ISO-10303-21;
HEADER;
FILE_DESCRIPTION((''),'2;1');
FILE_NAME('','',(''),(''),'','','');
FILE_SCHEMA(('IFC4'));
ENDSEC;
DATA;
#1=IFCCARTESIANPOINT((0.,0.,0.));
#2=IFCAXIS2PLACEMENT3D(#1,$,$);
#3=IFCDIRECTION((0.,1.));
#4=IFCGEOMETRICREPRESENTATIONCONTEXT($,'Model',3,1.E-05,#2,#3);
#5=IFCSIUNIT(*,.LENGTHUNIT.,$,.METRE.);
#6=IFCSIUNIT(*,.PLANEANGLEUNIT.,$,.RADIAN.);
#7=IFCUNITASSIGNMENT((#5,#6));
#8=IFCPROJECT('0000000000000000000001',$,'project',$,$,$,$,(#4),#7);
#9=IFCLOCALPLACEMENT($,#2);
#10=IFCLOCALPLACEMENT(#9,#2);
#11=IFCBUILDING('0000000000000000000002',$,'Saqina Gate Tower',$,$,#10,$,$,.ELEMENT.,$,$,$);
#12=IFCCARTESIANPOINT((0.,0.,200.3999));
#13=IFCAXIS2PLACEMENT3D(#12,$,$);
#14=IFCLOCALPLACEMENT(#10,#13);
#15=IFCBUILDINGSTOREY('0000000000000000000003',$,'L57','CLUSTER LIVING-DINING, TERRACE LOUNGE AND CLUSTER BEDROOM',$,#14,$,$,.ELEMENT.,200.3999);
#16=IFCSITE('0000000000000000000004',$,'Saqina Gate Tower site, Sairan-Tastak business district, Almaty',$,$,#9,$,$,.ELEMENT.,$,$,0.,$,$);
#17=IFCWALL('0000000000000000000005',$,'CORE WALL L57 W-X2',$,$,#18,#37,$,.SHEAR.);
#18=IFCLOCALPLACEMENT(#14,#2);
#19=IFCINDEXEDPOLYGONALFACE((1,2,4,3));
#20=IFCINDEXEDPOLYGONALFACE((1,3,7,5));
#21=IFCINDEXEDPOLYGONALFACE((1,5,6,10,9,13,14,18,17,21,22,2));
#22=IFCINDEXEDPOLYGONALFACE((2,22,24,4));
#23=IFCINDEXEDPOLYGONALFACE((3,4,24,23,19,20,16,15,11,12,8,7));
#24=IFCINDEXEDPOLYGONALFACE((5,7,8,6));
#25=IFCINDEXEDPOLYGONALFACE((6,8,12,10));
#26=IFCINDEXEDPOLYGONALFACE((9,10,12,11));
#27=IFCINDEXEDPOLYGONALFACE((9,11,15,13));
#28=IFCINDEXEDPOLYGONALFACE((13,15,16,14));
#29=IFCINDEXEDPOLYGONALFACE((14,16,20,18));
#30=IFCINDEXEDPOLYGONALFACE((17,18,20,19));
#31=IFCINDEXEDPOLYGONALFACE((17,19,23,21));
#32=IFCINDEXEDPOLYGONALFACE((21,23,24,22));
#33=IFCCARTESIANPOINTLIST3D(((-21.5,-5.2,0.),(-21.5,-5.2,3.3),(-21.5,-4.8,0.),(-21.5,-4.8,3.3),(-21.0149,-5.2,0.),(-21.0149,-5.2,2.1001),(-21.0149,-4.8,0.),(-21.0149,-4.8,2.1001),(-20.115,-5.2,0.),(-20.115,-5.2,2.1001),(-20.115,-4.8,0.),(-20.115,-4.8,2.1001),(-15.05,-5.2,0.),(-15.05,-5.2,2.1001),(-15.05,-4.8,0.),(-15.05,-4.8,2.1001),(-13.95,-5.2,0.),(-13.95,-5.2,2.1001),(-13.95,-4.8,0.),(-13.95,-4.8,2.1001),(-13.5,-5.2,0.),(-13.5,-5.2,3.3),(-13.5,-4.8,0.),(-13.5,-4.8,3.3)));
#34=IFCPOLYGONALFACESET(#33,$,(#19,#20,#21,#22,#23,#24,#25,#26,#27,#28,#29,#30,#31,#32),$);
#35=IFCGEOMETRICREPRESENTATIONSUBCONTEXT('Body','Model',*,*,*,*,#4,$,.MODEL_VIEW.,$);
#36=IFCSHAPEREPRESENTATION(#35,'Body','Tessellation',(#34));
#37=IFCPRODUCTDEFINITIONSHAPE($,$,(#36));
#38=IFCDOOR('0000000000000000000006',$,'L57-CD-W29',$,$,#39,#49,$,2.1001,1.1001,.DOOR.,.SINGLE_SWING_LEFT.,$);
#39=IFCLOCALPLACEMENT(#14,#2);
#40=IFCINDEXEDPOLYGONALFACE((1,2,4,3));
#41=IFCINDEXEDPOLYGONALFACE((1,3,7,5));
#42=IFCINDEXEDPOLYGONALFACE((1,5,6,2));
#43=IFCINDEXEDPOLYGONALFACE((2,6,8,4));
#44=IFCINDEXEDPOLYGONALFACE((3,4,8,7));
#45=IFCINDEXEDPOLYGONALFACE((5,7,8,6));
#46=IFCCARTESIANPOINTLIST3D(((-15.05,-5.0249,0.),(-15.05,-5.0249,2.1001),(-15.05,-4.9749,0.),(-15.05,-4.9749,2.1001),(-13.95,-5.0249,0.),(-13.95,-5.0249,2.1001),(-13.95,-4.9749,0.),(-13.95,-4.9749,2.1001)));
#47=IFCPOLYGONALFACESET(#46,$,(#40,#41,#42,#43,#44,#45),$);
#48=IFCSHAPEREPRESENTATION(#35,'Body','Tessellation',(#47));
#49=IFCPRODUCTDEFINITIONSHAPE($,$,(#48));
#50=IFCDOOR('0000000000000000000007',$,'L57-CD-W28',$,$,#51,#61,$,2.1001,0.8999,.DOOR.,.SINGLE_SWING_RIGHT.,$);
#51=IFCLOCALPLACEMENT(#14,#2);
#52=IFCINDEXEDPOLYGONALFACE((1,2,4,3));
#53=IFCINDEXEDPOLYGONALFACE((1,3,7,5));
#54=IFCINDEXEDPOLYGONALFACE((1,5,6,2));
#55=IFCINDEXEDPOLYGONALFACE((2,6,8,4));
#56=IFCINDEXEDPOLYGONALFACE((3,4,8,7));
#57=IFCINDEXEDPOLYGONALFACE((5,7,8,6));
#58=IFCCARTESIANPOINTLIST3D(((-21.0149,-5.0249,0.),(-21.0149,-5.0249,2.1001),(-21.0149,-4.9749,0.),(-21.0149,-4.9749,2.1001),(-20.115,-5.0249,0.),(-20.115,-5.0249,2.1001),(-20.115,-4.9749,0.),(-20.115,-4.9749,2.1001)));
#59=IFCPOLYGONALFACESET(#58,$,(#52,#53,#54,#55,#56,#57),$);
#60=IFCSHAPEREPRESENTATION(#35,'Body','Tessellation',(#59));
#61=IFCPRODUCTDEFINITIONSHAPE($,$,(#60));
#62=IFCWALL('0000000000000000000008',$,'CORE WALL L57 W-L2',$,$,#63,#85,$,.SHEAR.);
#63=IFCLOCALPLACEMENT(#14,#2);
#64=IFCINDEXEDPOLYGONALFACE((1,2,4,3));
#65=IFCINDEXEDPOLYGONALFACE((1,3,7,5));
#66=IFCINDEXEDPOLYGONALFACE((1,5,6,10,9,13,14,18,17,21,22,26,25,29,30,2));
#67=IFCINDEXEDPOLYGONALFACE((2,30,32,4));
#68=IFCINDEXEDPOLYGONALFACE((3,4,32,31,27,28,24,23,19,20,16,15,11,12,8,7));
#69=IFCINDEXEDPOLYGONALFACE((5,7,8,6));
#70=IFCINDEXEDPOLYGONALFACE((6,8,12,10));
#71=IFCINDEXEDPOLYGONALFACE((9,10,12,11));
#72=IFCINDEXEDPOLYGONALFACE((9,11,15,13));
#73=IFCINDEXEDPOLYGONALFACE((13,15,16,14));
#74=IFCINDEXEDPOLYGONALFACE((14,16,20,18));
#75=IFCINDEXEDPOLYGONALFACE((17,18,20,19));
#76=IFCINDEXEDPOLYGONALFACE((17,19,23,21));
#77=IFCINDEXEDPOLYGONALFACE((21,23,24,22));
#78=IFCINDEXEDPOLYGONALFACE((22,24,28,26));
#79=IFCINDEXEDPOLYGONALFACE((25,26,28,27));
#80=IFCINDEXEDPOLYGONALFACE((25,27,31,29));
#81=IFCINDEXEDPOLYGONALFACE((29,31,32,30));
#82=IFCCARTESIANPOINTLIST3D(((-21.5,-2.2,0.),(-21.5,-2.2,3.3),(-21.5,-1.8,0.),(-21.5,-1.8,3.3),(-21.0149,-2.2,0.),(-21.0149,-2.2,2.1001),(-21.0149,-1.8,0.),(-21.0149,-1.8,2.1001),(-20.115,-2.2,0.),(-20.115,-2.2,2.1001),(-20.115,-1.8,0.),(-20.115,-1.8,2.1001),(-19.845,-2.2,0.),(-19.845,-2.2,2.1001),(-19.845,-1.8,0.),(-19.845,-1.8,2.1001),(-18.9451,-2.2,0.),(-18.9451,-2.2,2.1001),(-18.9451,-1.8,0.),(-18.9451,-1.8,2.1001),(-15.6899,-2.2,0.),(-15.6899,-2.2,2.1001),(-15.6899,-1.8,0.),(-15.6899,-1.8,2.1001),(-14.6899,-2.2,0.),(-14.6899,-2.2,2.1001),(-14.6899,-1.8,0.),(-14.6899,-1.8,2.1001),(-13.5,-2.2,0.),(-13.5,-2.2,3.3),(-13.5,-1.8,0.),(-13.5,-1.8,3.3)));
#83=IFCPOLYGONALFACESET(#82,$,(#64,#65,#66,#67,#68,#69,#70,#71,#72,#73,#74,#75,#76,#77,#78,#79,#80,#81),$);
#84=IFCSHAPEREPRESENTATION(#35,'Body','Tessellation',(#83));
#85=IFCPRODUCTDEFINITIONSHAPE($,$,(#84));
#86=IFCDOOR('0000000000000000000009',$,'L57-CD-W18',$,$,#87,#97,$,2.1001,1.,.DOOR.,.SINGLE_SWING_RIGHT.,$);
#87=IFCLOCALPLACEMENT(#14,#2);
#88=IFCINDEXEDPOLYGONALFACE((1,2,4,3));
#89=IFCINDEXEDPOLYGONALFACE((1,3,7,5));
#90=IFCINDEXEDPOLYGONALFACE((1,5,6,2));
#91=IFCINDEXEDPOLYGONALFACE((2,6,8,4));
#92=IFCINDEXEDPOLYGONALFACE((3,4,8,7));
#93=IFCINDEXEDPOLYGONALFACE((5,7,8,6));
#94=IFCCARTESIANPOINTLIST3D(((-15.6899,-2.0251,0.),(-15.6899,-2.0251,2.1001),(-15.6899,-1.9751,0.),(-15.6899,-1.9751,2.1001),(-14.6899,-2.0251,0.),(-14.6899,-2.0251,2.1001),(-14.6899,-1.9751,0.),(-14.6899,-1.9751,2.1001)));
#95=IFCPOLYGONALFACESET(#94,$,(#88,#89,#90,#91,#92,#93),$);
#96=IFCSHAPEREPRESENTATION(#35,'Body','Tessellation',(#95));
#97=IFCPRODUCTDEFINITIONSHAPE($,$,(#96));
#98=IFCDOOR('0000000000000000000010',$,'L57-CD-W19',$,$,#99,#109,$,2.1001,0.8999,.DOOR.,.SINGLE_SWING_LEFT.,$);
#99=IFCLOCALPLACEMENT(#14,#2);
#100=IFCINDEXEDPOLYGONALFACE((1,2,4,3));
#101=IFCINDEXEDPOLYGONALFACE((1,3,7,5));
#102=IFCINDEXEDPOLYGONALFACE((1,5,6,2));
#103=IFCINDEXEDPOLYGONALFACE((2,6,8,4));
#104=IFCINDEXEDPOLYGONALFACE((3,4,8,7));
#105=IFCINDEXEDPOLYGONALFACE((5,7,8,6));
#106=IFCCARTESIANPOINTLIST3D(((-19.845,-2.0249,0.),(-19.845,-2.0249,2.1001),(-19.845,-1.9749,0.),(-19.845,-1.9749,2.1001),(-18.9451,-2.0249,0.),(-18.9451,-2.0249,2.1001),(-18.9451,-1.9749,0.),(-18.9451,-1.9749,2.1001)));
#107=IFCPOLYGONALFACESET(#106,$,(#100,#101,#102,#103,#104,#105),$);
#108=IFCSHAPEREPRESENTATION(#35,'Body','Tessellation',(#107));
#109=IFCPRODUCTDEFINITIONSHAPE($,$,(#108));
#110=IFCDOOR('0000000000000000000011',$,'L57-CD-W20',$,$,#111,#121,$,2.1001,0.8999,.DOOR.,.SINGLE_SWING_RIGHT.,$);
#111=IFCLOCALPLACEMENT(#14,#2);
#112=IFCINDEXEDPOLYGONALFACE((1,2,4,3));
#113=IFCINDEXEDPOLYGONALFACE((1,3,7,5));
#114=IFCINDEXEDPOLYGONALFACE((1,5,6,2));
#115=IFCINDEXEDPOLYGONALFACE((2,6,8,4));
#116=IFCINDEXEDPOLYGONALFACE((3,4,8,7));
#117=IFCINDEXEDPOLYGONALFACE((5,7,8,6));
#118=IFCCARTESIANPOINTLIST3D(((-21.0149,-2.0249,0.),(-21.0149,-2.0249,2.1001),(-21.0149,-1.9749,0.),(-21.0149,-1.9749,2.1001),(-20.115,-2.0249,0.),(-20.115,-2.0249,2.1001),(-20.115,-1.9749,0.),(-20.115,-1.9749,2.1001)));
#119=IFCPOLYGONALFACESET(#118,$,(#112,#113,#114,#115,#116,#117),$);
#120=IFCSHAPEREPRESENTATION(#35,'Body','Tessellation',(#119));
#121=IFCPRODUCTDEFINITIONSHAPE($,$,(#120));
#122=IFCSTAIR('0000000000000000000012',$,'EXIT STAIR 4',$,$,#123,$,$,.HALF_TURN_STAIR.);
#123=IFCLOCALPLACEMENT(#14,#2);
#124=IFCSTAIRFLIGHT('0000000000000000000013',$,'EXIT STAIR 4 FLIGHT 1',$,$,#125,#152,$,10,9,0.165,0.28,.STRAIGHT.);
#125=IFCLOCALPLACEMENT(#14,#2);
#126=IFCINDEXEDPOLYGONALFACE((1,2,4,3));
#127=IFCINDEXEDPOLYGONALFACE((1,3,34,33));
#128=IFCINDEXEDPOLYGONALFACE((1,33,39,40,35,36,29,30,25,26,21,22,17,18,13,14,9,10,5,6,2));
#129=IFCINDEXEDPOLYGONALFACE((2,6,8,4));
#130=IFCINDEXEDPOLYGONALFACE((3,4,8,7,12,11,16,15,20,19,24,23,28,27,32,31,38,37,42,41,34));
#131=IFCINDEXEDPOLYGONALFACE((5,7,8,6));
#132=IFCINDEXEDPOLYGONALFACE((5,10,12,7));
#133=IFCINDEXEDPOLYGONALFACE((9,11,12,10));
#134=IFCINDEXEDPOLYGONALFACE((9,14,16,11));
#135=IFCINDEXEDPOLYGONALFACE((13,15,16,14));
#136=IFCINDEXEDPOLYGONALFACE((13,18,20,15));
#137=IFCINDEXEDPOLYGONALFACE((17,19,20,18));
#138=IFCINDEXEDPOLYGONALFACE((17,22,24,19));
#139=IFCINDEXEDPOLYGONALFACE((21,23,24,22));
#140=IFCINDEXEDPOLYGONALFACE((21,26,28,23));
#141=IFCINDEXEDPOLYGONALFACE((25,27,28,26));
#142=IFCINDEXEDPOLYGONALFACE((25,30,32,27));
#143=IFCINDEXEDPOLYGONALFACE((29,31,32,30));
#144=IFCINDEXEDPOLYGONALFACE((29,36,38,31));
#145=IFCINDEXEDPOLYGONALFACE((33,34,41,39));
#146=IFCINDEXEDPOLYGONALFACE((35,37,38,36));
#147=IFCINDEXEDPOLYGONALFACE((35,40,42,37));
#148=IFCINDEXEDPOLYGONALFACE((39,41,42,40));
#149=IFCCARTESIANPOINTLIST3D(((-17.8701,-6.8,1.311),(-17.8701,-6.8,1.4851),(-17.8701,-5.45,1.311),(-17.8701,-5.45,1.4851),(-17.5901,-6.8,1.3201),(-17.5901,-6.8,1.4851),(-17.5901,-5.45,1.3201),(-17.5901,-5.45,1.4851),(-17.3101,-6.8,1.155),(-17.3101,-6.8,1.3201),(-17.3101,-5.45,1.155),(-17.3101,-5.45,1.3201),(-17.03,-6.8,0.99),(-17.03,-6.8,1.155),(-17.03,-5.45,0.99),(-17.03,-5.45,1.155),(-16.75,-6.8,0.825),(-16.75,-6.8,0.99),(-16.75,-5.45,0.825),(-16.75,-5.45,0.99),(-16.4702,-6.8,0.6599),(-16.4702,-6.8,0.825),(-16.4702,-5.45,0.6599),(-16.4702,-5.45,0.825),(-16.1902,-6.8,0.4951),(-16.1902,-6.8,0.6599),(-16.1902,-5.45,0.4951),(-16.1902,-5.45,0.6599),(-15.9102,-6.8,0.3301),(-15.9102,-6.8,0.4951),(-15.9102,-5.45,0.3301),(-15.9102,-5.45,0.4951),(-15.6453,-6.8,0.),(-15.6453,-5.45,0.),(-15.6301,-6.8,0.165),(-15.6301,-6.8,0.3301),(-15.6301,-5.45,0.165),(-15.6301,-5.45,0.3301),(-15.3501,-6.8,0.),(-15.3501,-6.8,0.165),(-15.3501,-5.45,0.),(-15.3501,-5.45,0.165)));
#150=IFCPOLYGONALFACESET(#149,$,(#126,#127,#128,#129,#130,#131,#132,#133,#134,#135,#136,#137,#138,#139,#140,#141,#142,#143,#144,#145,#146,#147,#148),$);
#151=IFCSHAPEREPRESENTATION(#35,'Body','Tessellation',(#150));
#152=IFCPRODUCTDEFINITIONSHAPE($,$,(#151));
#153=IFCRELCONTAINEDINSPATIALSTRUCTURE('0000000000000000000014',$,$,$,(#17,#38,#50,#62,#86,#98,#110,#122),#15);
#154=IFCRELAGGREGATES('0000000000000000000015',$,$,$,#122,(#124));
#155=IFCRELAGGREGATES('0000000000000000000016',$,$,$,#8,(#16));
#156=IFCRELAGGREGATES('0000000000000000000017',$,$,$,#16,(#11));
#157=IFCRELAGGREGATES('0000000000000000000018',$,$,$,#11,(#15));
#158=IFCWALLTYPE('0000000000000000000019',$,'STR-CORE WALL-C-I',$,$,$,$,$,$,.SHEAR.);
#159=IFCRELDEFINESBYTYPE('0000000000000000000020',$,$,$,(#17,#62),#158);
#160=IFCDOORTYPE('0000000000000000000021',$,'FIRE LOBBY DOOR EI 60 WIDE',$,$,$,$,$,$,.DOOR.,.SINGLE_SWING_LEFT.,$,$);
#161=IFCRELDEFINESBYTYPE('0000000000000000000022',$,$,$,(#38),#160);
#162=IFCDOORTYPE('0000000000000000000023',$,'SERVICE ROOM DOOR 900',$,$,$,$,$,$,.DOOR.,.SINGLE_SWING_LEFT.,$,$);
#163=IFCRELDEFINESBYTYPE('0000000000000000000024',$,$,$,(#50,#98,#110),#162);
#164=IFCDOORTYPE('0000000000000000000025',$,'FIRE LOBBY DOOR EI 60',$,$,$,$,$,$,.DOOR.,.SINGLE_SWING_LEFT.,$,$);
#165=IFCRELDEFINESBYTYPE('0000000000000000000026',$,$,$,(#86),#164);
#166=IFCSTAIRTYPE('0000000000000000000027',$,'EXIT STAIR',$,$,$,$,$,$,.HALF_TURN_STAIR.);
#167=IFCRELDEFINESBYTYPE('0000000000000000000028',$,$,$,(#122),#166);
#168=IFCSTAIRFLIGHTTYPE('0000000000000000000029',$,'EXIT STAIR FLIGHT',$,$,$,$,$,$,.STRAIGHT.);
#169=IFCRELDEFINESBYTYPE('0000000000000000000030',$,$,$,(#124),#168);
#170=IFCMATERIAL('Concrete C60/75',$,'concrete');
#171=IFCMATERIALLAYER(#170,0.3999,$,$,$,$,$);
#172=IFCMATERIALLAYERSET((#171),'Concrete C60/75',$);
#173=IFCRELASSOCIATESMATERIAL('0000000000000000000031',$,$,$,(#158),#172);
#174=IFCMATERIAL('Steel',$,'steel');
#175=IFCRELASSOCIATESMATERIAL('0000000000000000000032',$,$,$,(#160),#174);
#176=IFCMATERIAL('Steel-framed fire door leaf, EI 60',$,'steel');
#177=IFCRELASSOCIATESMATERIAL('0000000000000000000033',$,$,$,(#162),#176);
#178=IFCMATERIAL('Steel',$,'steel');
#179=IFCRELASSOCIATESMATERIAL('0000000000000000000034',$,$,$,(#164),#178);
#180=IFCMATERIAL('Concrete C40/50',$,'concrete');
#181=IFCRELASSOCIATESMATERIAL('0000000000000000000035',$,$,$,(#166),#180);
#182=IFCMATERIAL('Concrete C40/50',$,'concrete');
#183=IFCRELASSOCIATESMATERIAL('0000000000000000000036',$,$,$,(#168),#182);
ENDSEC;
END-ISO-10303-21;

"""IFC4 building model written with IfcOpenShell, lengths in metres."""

from ifc_helpers import new_model, si_unit, direction, frame, frame_2d, origin, place, context, subcontext, project, spatial, polyline, rectangle, outline, extrude, material, layer, layer_set, type_object, element, fill, aggregate, save


model = new_model("IFC4")

# Units and contexts
model_context = context("Model", 3, precision=1e-05, world=origin(), true_north=direction((0.0, 1.0)))
body_context = subcontext(model_context, "Body", "Model", "MODEL_VIEW")
ifc_project = project(units=[si_unit("LENGTHUNIT", "METRE"), si_unit("PLANEANGLEUNIT", "RADIAN")], contexts=[model_context])

# Site, building, storey
site_placement = place(None, origin())
site = spatial("IfcSite", under=ifc_project, at=site_placement, Name="Saqina Gate Tower site, Sairan-Tastak business district, Almaty", CompositionType="ELEMENT", RefElevation=0.0)
building_placement = place(site_placement, origin())
building = spatial("IfcBuilding", under=site, at=building_placement, Name="Saqina Gate Tower", CompositionType="ELEMENT")
storey_placement = place(building_placement, frame((0.0, 0.0, 200.3999)))
storey = spatial("IfcBuildingStorey", under=building, at=storey_placement, Name="L57", Description="CLUSTER LIVING-DINING, TERRACE LOUNGE AND CLUSTER BEDROOM", CompositionType="ELEMENT", Elevation=200.3999)

# Walls, openings, doors
ifc_material_1 = material(Name="Concrete C60/75", Category="concrete")
ifc_layer_1 = layer(ifc_material_1, 0.3999)
ifc_layer_set_1 = layer_set([ifc_layer_1], Name="Concrete C60/75")
wall_type_1 = type_object("IfcWallType", Name="STR-CORE WALL-C-I", PredefinedType="SHEAR", material=ifc_layer_set_1)
wall_1_placement = place(storey_placement, frame((-13.5, -5.0, 0.0), z_axis=(0.0, 0.0, 1.0), x_axis=(-1.0, 0.0, 0.0)))
wall_1 = element("IfcWall", 1, at=wall_1_placement, inside=storey, type_object=wall_type_1, Name="CORE WALL L57 W-X2", PredefinedType="SHEAR", context=body_context, shape_type="SweptSolid", body=[
    extrude(rectangle(XDim=8.0, YDim=0.3999, at=frame_2d((4.0, 0.0))), origin(), (0.0, 0.0, 1.0), 3.3),
])
opening_1_placement = place(wall_1_placement, frame((6.615, 0.0, 0.0)))
opening_1 = element("IfcOpeningElement", 2, at=opening_1_placement, cuts=wall_1, PredefinedType="OPENING", context=body_context, shape_type="SweptSolid", body=[
    extrude(rectangle(XDim=0.8999, YDim=2.1001, at=frame_2d((0.45, 1.05))), frame((0.0, 0.2119, 0.0), z_axis=(0.0, -1.0, 0.0), x_axis=(1.0, 0.0, 0.0)), (0.0, 0.0, 1.0), 0.4238),
])
opening_2_placement = place(wall_1_placement, frame((0.45, 0.0, 0.0)))
opening_2 = element("IfcOpeningElement", 3, at=opening_2_placement, cuts=wall_1, PredefinedType="OPENING", context=body_context, shape_type="SweptSolid", body=[
    extrude(rectangle(XDim=1.1001, YDim=2.1001, at=frame_2d((0.55, 1.05))), frame((0.0, 0.2119, 0.0), z_axis=(0.0, -1.0, 0.0), x_axis=(1.0, 0.0, 0.0)), (0.0, 0.0, 1.0), 0.4238),
])
ifc_material_2 = material(Name="Steel", Category="steel")
door_type_1 = type_object("IfcDoorType", Name="FIRE LOBBY DOOR EI 60 WIDE", OperationType="SINGLE_SWING_LEFT", PredefinedType="DOOR", material=ifc_material_2)
door_1_placement = place(opening_2_placement, origin())
door_1 = element("IfcDoor", 4, at=door_1_placement, inside=storey, type_object=door_type_1, Name="L57-CD-W29", OperationType="SINGLE_SWING_LEFT", OverallHeight=2.1001, OverallWidth=1.1001, PredefinedType="DOOR", context=body_context, shape_type="SweptSolid", body=[
    extrude(rectangle(XDim=1.1001, YDim=2.1001, at=frame_2d((0.55, 1.05))), frame((0.0, 0.0249, 0.0), z_axis=(0.0, -1.0, 0.0), x_axis=(1.0, 0.0, 0.0)), (0.0, 0.0, 1.0), 0.05),
])
fill(opening_2, door_1)
ifc_material_3 = material(Name="Steel-framed fire door leaf, EI 60", Category="steel")
door_type_2 = type_object("IfcDoorType", Name="SERVICE ROOM DOOR 900", OperationType="SINGLE_SWING_LEFT", PredefinedType="DOOR", material=ifc_material_3)
door_2_placement = place(opening_1_placement, origin())
door_2 = element("IfcDoor", 5, at=door_2_placement, inside=storey, type_object=door_type_2, Name="L57-CD-W28", OperationType="SINGLE_SWING_RIGHT", OverallHeight=2.1001, OverallWidth=0.8999, PredefinedType="DOOR", context=body_context, shape_type="SweptSolid", body=[
    extrude(rectangle(XDim=0.8999, YDim=2.1001, at=frame_2d((0.45, 1.05))), frame((0.0, 0.0249, 0.0), z_axis=(0.0, -1.0, 0.0), x_axis=(1.0, 0.0, 0.0)), (0.0, 0.0, 1.0), 0.05),
])
fill(opening_1, door_2)
wall_2_placement = place(storey_placement, frame((-13.5, -2.0, 0.0), z_axis=(0.0, 0.0, 1.0), x_axis=(-1.0, 0.0, 0.0)))
wall_2 = element("IfcWall", 6, at=wall_2_placement, inside=storey, type_object=wall_type_1, Name="CORE WALL L57 W-L2", PredefinedType="SHEAR", context=body_context, shape_type="SweptSolid", body=[
    extrude(rectangle(XDim=8.0, YDim=0.3999, at=frame_2d((4.0, 0.0))), origin(), (0.0, 0.0, 1.0), 3.3),
])
opening_3_placement = place(wall_2_placement, frame((1.1899, 0.0, 0.0)))
opening_3 = element("IfcOpeningElement", 7, at=opening_3_placement, cuts=wall_2, PredefinedType="OPENING", context=body_context, shape_type="SweptSolid", body=[
    extrude(rectangle(XDim=1.0, YDim=2.1001, at=frame_2d((0.5, 1.05))), frame((0.0, 0.2119, 0.0), z_axis=(0.0, -1.0, 0.0), x_axis=(1.0, 0.0, 0.0)), (0.0, 0.0, 1.0), 0.4238),
])
opening_4_placement = place(wall_2_placement, frame((5.4451, 0.0, 0.0)))
opening_4 = element("IfcOpeningElement", 8, at=opening_4_placement, cuts=wall_2, PredefinedType="OPENING", context=body_context, shape_type="SweptSolid", body=[
    extrude(rectangle(XDim=0.8999, YDim=2.1001, at=frame_2d((0.45, 1.05))), frame((0.0, 0.2119, 0.0), z_axis=(0.0, -1.0, 0.0), x_axis=(1.0, 0.0, 0.0)), (0.0, 0.0, 1.0), 0.4238),
])
opening_5_placement = place(wall_2_placement, frame((6.615, 0.0, 0.0)))
opening_5 = element("IfcOpeningElement", 9, at=opening_5_placement, cuts=wall_2, PredefinedType="OPENING", context=body_context, shape_type="SweptSolid", body=[
    extrude(rectangle(XDim=0.8999, YDim=2.1001, at=frame_2d((0.45, 1.05))), frame((0.0, 0.2119, 0.0), z_axis=(0.0, -1.0, 0.0), x_axis=(1.0, 0.0, 0.0)), (0.0, 0.0, 1.0), 0.4238),
])
ifc_material_4 = material(Name="Steel", Category="steel")
door_type_3 = type_object("IfcDoorType", Name="FIRE LOBBY DOOR EI 60", OperationType="SINGLE_SWING_LEFT", PredefinedType="DOOR", material=ifc_material_4)
door_3_placement = place(opening_3_placement, frame((1.0, 0.0, 0.0), z_axis=(0.0, 0.0, 1.0), x_axis=(-1.0, 0.0, 0.0)))
door_3 = element("IfcDoor", 10, at=door_3_placement, inside=storey, type_object=door_type_3, Name="L57-CD-W18", OperationType="SINGLE_SWING_RIGHT", OverallHeight=2.1001, OverallWidth=1.0, PredefinedType="DOOR", context=body_context, shape_type="SweptSolid", body=[
    extrude(rectangle(XDim=1.0, YDim=2.1001, at=frame_2d((0.5, 1.05))), frame((0.0, 0.0249, 0.0), z_axis=(0.0, -1.0, 0.0), x_axis=(1.0, 0.0, 0.0)), (0.0, 0.0, 1.0), 0.05),
])
fill(opening_3, door_3)
door_4_placement = place(opening_4_placement, origin())
door_4 = element("IfcDoor", 11, at=door_4_placement, inside=storey, type_object=door_type_2, Name="L57-CD-W19", OperationType="SINGLE_SWING_LEFT", OverallHeight=2.1001, OverallWidth=0.8999, PredefinedType="DOOR", context=body_context, shape_type="SweptSolid", body=[
    extrude(rectangle(XDim=0.8999, YDim=2.1001, at=frame_2d((0.45, 1.05))), frame((0.0, 0.0249, 0.0), z_axis=(0.0, -1.0, 0.0), x_axis=(1.0, 0.0, 0.0)), (0.0, 0.0, 1.0), 0.05),
])
fill(opening_4, door_4)
door_5_placement = place(opening_5_placement, origin())
door_5 = element("IfcDoor", 12, at=door_5_placement, inside=storey, type_object=door_type_2, Name="L57-CD-W20", OperationType="SINGLE_SWING_RIGHT", OverallHeight=2.1001, OverallWidth=0.8999, PredefinedType="DOOR", context=body_context, shape_type="SweptSolid", body=[
    extrude(rectangle(XDim=0.8999, YDim=2.1001, at=frame_2d((0.45, 1.05))), frame((0.0, 0.0249, 0.0), z_axis=(0.0, -1.0, 0.0), x_axis=(1.0, 0.0, 0.0)), (0.0, 0.0, 1.0), 0.05),
])
fill(opening_5, door_5)

# Stair, stair flight
ifc_material_5 = material(Name="Concrete C40/50", Category="concrete")
stair_type = type_object("IfcStairType", Name="EXIT STAIR", PredefinedType="HALF_TURN_STAIR", material=ifc_material_5)
stair_placement = place(storey_placement, origin())
stair = element("IfcStair", 13, at=stair_placement, inside=storey, type_object=stair_type, Name="EXIT STAIR 4", PredefinedType="HALF_TURN_STAIR")
ifc_material_6 = material(Name="Concrete C40/50", Category="concrete")
stair_flight_type = type_object("IfcStairFlightType", Name="EXIT STAIR FLIGHT", PredefinedType="STRAIGHT", material=ifc_material_6)
stair_flight_placement = place(storey_placement, frame((-15.3501, -6.125, 0.0), z_axis=(0.0, 0.0, 1.0), x_axis=(-1.0, 0.0, 0.0)))
stair_flight = element("IfcStairFlight", 14, at=stair_flight_placement, type_object=stair_flight_type, Name="EXIT STAIR 4 FLIGHT 1", NumberOfRisers=10, NumberOfTreads=9, PredefinedType="STRAIGHT", RiserHeight=0.165, TreadLength=0.28, context=body_context, shape_type="SweptSolid", body=[
    extrude(outline(polyline([(0.0, 0.0), (0.0, 0.165), (0.28, 0.165), (0.28, 0.3301), (0.5601, 0.3301), (0.5601, 0.4951), (0.8401, 0.4951), (0.8401, 0.6599), (1.1201, 0.6599), (1.1201, 0.825), (1.3999, 0.825), (1.3999, 0.99), (1.6799, 0.99), (1.6799, 1.155), (1.96, 1.155), (1.96, 1.3201), (2.24, 1.3201), (2.24, 1.4851), (2.52, 1.4851), (2.52, 1.6499), (2.52, 1.311), (0.2952, 0.0), (0.0, 0.0)])), frame((0.0, 0.675, 0.0), z_axis=(0.0, -1.0, 0.0), x_axis=(1.0, 0.0, 0.0)), (0.0, 0.0, 1.0), 1.3501),
])
aggregate(stair, [stair_flight])

save(model, "model.ifc")
